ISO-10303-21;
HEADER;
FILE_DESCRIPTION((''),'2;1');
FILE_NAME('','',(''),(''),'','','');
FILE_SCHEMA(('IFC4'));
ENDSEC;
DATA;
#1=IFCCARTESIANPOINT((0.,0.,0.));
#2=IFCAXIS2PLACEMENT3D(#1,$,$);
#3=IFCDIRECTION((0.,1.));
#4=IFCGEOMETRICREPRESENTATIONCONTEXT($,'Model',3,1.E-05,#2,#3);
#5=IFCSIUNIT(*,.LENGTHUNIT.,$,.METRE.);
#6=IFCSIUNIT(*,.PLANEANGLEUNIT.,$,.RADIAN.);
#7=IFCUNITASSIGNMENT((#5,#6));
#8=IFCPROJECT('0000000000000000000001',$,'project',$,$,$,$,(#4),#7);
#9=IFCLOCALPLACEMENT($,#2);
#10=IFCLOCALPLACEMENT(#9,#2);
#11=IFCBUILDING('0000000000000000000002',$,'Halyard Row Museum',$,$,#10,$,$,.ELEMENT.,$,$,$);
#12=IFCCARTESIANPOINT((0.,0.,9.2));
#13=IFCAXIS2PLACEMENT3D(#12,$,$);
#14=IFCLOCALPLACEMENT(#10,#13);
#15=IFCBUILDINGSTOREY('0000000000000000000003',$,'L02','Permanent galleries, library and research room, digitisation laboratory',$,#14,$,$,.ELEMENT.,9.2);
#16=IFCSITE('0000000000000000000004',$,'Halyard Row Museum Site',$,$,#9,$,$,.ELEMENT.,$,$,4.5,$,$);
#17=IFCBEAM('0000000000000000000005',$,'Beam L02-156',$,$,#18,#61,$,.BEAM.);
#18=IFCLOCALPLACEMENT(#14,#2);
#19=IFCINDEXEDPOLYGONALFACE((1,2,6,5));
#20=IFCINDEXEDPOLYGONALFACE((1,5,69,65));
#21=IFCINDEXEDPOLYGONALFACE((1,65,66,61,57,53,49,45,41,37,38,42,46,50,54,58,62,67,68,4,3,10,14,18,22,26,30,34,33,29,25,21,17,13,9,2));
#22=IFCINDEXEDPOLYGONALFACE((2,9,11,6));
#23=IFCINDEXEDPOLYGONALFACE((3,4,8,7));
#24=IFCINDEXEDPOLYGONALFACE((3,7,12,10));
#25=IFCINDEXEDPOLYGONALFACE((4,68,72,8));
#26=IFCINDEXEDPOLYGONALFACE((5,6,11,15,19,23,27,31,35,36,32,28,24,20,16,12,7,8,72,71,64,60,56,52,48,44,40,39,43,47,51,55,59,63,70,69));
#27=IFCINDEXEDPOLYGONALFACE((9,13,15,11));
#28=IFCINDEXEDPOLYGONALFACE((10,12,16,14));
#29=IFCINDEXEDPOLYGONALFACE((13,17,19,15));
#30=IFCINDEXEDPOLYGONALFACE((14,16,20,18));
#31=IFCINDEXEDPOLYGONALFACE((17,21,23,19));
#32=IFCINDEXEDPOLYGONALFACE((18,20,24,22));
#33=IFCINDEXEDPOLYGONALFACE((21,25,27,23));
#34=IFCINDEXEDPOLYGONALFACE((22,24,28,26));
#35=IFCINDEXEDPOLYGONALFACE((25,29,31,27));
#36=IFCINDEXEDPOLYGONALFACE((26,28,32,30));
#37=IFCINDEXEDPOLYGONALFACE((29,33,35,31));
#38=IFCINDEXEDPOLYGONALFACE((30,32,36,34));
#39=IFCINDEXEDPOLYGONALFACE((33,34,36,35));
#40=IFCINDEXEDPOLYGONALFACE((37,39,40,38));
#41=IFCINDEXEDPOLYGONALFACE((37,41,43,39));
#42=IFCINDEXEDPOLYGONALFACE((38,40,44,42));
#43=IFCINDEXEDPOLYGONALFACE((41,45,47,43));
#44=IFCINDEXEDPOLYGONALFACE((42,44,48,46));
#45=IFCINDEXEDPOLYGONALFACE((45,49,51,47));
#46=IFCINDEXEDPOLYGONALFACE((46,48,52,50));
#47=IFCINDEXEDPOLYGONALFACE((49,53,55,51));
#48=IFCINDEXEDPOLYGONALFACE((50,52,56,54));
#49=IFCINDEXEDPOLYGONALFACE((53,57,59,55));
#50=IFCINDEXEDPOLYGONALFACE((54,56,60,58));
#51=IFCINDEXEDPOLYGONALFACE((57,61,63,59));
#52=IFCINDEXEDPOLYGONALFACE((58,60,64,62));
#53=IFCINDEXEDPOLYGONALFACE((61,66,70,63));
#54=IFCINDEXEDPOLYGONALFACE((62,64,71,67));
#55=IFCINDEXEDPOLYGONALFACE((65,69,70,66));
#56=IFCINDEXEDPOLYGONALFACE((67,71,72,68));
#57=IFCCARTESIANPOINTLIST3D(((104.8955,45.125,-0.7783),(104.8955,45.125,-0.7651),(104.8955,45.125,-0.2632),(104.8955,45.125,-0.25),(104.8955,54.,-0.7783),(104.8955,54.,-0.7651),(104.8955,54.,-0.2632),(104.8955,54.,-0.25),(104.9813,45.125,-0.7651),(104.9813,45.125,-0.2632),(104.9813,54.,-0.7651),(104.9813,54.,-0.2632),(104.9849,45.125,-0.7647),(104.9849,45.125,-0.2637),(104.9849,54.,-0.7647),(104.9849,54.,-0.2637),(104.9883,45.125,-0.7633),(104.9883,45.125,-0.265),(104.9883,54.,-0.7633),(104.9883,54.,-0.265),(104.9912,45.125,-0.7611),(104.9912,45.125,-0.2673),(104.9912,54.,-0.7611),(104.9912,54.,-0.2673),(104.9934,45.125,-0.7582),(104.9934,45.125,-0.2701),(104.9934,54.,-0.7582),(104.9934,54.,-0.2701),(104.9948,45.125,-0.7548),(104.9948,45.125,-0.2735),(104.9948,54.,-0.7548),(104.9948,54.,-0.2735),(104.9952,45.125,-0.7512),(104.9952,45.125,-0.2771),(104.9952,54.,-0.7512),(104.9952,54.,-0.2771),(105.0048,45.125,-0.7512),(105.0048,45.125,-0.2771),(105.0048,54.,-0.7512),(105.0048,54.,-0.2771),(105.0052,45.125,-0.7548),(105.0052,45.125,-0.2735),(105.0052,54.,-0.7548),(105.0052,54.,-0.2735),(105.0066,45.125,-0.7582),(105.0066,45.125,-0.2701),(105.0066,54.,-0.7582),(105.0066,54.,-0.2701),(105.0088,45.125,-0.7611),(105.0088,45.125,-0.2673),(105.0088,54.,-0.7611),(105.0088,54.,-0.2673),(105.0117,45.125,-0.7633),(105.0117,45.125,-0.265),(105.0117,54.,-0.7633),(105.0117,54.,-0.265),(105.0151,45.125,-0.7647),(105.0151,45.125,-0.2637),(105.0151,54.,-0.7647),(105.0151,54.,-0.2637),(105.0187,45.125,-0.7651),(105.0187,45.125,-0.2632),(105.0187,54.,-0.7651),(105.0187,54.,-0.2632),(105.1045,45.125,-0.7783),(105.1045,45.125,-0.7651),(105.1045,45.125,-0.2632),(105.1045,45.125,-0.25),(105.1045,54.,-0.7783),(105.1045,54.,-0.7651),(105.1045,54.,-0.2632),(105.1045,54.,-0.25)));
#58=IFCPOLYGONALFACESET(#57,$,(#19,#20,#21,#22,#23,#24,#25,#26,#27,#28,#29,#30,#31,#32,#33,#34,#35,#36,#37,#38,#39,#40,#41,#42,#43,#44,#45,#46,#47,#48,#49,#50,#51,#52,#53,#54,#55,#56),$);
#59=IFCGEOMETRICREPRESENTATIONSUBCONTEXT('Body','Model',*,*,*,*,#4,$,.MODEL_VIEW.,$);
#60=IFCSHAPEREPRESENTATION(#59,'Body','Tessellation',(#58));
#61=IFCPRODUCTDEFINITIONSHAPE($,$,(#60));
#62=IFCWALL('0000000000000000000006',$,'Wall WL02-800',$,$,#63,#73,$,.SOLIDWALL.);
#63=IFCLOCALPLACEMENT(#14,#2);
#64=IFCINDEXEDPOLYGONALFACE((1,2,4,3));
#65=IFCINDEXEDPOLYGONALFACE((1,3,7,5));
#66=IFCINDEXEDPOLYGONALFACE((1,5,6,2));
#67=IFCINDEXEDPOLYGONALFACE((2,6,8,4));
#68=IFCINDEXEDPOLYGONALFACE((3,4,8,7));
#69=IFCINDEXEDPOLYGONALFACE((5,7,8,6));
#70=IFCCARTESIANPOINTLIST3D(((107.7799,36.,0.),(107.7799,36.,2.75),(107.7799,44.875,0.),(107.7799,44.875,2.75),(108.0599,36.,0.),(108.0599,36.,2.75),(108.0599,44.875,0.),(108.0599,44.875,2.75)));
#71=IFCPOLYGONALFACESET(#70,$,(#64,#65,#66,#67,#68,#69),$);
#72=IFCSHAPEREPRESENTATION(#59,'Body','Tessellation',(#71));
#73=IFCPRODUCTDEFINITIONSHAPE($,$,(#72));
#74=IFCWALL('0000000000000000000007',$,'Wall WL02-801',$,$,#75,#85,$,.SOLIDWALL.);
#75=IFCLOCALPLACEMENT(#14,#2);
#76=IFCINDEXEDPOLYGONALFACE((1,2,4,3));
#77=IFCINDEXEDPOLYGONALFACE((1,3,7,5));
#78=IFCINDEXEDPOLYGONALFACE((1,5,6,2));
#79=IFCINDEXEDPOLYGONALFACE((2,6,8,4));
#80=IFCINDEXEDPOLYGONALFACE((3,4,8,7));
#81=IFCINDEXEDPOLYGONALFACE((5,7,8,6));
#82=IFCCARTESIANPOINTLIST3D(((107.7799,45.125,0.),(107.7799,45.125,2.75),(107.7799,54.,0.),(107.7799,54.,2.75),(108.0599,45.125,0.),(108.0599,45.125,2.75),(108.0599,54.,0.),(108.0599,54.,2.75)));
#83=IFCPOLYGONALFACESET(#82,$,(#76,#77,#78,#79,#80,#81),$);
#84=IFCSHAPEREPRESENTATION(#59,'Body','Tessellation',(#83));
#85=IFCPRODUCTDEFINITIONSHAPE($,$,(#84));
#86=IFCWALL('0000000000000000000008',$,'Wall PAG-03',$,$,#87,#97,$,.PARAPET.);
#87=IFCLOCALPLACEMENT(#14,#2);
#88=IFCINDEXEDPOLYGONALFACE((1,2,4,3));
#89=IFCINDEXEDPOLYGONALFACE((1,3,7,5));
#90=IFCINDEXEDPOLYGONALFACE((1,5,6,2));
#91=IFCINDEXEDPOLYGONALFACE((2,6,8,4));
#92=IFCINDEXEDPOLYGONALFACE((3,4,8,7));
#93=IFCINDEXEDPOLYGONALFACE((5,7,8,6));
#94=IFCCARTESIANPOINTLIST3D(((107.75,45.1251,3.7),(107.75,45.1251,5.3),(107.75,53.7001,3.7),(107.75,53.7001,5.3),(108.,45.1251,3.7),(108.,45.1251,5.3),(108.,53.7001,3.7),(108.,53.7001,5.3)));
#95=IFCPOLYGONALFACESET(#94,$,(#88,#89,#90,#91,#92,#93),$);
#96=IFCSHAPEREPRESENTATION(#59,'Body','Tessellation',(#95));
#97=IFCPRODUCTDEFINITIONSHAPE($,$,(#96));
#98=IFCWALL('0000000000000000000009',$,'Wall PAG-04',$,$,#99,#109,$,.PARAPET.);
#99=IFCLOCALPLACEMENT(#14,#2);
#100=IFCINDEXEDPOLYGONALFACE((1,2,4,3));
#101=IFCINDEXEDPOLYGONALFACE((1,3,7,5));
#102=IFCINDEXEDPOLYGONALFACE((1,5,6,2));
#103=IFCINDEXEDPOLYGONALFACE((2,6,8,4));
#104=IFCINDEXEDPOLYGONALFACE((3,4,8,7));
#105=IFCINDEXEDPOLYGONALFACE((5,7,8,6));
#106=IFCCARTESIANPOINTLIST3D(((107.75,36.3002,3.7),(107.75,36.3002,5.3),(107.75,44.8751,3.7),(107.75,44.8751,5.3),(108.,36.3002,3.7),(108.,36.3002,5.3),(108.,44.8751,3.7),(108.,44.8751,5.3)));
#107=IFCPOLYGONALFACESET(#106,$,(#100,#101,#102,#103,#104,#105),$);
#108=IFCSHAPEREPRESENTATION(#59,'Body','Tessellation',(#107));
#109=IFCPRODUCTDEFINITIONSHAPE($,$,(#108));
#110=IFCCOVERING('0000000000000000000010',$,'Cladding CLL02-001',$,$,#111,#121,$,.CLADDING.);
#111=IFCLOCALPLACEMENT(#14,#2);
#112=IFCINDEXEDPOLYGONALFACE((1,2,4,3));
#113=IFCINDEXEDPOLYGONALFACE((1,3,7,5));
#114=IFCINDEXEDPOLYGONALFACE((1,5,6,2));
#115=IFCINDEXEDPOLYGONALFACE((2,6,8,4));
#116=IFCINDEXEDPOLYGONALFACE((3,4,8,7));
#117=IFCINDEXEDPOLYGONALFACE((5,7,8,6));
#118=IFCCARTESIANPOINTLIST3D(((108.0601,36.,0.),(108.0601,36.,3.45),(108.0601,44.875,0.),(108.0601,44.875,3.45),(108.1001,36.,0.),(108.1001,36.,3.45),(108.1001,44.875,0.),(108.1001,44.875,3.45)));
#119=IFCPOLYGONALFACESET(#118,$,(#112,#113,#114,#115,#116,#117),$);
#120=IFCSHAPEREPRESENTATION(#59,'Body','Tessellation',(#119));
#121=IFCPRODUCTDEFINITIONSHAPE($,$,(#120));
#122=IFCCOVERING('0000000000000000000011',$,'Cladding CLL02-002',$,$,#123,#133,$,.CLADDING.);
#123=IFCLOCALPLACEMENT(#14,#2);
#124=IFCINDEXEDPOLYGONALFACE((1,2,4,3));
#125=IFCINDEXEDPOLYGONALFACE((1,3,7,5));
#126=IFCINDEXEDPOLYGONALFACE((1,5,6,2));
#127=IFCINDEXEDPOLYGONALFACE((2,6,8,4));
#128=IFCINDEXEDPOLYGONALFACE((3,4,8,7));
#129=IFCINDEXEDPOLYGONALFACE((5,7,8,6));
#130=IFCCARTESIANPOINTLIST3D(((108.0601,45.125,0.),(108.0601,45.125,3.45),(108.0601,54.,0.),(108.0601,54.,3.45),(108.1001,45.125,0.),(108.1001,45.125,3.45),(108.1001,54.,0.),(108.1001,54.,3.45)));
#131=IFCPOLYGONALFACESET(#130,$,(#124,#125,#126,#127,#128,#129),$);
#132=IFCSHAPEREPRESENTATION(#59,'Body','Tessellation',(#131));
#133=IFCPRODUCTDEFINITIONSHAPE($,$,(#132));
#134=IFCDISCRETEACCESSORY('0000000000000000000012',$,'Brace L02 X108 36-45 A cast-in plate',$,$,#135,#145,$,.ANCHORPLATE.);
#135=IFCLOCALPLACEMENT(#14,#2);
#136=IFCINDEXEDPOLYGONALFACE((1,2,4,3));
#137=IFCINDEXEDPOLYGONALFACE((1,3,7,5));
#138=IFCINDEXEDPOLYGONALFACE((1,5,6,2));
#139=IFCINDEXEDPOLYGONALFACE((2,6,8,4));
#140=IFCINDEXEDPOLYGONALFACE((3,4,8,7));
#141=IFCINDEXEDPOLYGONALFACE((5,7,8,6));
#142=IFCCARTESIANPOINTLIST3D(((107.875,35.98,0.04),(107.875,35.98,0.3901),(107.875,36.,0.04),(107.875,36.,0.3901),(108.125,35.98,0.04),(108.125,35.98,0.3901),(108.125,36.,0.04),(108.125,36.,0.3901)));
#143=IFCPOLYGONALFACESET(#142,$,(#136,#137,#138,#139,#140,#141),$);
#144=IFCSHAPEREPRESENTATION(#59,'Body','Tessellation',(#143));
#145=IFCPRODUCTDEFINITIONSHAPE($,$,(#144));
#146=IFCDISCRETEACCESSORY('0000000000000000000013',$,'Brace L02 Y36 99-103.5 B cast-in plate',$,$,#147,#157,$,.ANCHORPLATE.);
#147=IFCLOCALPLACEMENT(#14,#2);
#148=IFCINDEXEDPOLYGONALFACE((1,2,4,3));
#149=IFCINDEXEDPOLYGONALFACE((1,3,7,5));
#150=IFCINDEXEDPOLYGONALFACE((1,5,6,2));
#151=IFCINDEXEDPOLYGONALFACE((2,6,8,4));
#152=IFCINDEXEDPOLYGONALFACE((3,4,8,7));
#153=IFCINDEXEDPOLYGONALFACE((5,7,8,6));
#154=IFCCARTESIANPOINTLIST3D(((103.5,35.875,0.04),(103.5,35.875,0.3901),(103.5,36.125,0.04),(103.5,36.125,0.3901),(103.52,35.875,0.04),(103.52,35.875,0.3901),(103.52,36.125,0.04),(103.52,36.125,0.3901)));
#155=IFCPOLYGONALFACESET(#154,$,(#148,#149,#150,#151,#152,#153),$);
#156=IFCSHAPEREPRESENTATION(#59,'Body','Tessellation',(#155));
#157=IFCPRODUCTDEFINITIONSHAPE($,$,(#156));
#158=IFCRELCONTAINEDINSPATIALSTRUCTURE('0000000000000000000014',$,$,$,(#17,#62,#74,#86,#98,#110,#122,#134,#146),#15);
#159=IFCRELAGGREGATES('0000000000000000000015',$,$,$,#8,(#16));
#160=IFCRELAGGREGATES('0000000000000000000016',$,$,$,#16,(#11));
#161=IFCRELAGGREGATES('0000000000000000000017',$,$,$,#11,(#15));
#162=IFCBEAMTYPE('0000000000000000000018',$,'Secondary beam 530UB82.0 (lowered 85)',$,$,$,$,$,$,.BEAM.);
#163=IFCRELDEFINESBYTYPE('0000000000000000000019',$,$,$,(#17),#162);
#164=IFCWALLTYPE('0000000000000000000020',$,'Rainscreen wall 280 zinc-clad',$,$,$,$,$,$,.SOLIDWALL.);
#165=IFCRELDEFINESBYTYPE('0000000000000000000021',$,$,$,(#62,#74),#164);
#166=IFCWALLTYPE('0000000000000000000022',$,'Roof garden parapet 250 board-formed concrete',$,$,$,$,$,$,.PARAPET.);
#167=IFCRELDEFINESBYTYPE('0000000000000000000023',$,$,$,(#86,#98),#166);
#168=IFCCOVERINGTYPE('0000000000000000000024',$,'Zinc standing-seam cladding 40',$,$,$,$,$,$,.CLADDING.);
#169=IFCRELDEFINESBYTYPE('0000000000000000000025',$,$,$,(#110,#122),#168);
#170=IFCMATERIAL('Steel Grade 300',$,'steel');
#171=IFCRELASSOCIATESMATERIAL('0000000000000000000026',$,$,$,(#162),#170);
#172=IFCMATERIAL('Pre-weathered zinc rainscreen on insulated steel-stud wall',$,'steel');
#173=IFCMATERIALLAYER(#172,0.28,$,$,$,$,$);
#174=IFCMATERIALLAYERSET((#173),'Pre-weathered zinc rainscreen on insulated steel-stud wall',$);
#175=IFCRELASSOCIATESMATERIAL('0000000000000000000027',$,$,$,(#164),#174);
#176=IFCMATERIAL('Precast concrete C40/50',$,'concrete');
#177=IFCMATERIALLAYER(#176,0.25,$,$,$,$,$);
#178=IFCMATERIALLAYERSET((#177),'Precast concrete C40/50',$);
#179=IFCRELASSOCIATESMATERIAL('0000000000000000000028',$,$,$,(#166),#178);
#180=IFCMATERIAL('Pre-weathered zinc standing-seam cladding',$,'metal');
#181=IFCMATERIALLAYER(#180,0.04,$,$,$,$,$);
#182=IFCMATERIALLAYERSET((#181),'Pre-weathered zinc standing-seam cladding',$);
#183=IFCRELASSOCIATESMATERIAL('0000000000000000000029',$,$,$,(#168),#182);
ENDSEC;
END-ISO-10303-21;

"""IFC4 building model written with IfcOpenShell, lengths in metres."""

from ifc_helpers import new_model, si_unit, direction, frame, frame_2d, origin, origin_2d, place, context, subcontext, project, spatial, rectangle, i_section, extrude, material, layer, layer_set, material_profile, profile_set, type_object, element, save


model = new_model("IFC4")

# Units and contexts
model_context = context("Model", 3, precision=1e-05, world=origin(), true_north=direction((0.0, 1.0)))
body_context = subcontext(model_context, "Body", "Model", "MODEL_VIEW")
ifc_project = project(units=[si_unit("LENGTHUNIT", "METRE"), si_unit("PLANEANGLEUNIT", "RADIAN")], contexts=[model_context])

# Site, building, storey
site_placement = place(None, origin())
site = spatial("IfcSite", under=ifc_project, at=site_placement, Name="Halyard Row Museum Site", CompositionType="ELEMENT", RefElevation=4.5)
building_placement = place(site_placement, origin())
building = spatial("IfcBuilding", under=site, at=building_placement, Name="Halyard Row Museum", CompositionType="ELEMENT")
storey_placement = place(building_placement, frame((0.0, 0.0, 9.2)))
storey = spatial("IfcBuildingStorey", under=building, at=storey_placement, Name="L02", Description="Permanent galleries, library and research room, digitisation laboratory", CompositionType="ELEMENT", Elevation=9.2)

# Beam
ifc_material_1 = material(Name="Steel Grade 300", Category="steel")
ifc_material_profile_1 = material_profile(ifc_material_1, i_section(OverallWidth=0.209, OverallDepth=0.5283, WebThickness=0.0095, FlangeThickness=0.0132, FilletRadius=0.0139, at=origin_2d()), Name="530UB82.0")
ifc_profile_set_1 = profile_set([ifc_material_profile_1], Name="Steel Grade 300")
beam_type_1 = type_object("IfcBeamType", Name="Secondary beam 530UB82.0 (lowered 85)", PredefinedType="BEAM", material=ifc_profile_set_1)
for number, where, z_axis, x_axis, name in (
    (1, (105.0, 45.125, -0.5142), (0.0, 1.0, 0.0), (-1.0, 0.0, 0.0), "Beam L02-156"),
):
    element("IfcBeam", number, at=place(storey_placement, frame(where, z_axis=z_axis, x_axis=x_axis)), inside=storey, type_object=beam_type_1, Name=name, PredefinedType="BEAM", context=body_context, shape_type="SweptSolid", body=[
        extrude(i_section(OverallWidth=0.209, OverallDepth=0.5283, WebThickness=0.0095, FlangeThickness=0.0132, FilletRadius=0.0139, at=origin_2d()), origin(), (0.0, 0.0, 1.0), 8.875),
    ])

# Walls
ifc_material_2 = material(Name="Pre-weathered zinc rainscreen on insulated steel-stud wall", Category="steel")
ifc_layer_1 = layer(ifc_material_2, 0.28)
ifc_layer_set_1 = layer_set([ifc_layer_1], Name="Pre-weathered zinc rainscreen on insulated steel-stud wall")
wall_type_1 = type_object("IfcWallType", Name="Rainscreen wall 280 zinc-clad", PredefinedType="SOLIDWALL", material=ifc_layer_set_1)
for number, where, z_axis, x_axis, name in (
    (2, (107.9199, 36.0, 0.0), (0.0, 0.0, 1.0), (0.0, 1.0, 0.0), "Wall WL02-800"),
    (3, (107.9199, 45.125, 0.0), (0.0, 0.0, 1.0), (0.0, 1.0, 0.0), "Wall WL02-801"),
):
    element("IfcWall", number, at=place(storey_placement, frame(where, z_axis=z_axis, x_axis=x_axis)), inside=storey, type_object=wall_type_1, Name=name, PredefinedType="SOLIDWALL", context=body_context, shape_type="SweptSolid", body=[
        extrude(rectangle(XDim=8.875, YDim=0.28, at=frame_2d((4.4375, 0.0))), origin(), (0.0, 0.0, 1.0), 2.75),
    ])
ifc_material_3 = material(Name="Precast concrete C40/50", Category="concrete")
ifc_layer_2 = layer(ifc_material_3, 0.25)
ifc_layer_set_2 = layer_set([ifc_layer_2], Name="Precast concrete C40/50")
wall_type_2 = type_object("IfcWallType", Name="Roof garden parapet 250 board-formed concrete", PredefinedType="PARAPET", material=ifc_layer_set_2)
for number, where, z_axis, x_axis, name in (
    (4, (107.875, 45.125, 3.7), (0.0, 0.0, 1.0), (0.0, 1.0, 0.0), "Wall PAG-03"),
    (5, (107.875, 36.3, 3.7), (0.0, 0.0, 1.0), (0.0, 1.0, 0.0), "Wall PAG-04"),
):
    element("IfcWall", number, at=place(storey_placement, frame(where, z_axis=z_axis, x_axis=x_axis)), inside=storey, type_object=wall_type_2, Name=name, PredefinedType="PARAPET", context=body_context, shape_type="SweptSolid", body=[
        extrude(rectangle(XDim=8.575, YDim=0.25, at=frame_2d((4.2876, 0.0))), origin(), (0.0, 0.0, 1.0), 1.6001),
    ])

# Coverings
ifc_material_4 = material(Name="Pre-weathered zinc standing-seam cladding", Category="metal")
ifc_layer_3 = layer(ifc_material_4, 0.04)
ifc_layer_set_3 = layer_set([ifc_layer_3], Name="Pre-weathered zinc standing-seam cladding")
covering_type = type_object("IfcCoveringType", Name="Zinc standing-seam cladding 40", PredefinedType="CLADDING", material=ifc_layer_set_3)
for number, where, z_axis, x_axis, name in (
    (6, (108.0801, 36.0, 0.0), (0.0, 0.0, 1.0), (0.0, 1.0, 0.0), "Cladding CLL02-001"),
    (7, (108.0801, 45.125, 0.0), (0.0, 0.0, 1.0), (0.0, 1.0, 0.0), "Cladding CLL02-002"),
):
    element("IfcCovering", number, at=place(storey_placement, frame(where, z_axis=z_axis, x_axis=x_axis)), inside=storey, type_object=covering_type, Name=name, PredefinedType="CLADDING", context=body_context, shape_type="SweptSolid", body=[
        extrude(rectangle(XDim=8.875, YDim=0.04, at=frame_2d((4.4375, 0.0))), origin(), (0.0, 0.0, 1.0), 3.45),
    ])

# Discrete accessories
for number, where, z_axis, x_axis, name in (
    (8, (108.0, 36.0, 0.2151), (0.0, -1.0, 0.0), (1.0, 0.0, 0.0), "Brace L02 X108 36-45 A cast-in plate"),
    (9, (103.5, 36.0, 0.2151), (1.0, 0.0, 0.0), (0.0, 1.0, 0.0), "Brace L02 Y36 99-103.5 B cast-in plate"),
):
    element("IfcDiscreteAccessory", number, at=place(storey_placement, frame(where, z_axis=z_axis, x_axis=x_axis)), inside=storey, Name=name, PredefinedType="ANCHORPLATE", context=body_context, shape_type="SweptSolid", body=[
        extrude(rectangle(XDim=0.25, YDim=0.3501, at=origin_2d()), origin(), (0.0, 0.0, 1.0), 0.02),
    ])

save(model, "model.ifc")
